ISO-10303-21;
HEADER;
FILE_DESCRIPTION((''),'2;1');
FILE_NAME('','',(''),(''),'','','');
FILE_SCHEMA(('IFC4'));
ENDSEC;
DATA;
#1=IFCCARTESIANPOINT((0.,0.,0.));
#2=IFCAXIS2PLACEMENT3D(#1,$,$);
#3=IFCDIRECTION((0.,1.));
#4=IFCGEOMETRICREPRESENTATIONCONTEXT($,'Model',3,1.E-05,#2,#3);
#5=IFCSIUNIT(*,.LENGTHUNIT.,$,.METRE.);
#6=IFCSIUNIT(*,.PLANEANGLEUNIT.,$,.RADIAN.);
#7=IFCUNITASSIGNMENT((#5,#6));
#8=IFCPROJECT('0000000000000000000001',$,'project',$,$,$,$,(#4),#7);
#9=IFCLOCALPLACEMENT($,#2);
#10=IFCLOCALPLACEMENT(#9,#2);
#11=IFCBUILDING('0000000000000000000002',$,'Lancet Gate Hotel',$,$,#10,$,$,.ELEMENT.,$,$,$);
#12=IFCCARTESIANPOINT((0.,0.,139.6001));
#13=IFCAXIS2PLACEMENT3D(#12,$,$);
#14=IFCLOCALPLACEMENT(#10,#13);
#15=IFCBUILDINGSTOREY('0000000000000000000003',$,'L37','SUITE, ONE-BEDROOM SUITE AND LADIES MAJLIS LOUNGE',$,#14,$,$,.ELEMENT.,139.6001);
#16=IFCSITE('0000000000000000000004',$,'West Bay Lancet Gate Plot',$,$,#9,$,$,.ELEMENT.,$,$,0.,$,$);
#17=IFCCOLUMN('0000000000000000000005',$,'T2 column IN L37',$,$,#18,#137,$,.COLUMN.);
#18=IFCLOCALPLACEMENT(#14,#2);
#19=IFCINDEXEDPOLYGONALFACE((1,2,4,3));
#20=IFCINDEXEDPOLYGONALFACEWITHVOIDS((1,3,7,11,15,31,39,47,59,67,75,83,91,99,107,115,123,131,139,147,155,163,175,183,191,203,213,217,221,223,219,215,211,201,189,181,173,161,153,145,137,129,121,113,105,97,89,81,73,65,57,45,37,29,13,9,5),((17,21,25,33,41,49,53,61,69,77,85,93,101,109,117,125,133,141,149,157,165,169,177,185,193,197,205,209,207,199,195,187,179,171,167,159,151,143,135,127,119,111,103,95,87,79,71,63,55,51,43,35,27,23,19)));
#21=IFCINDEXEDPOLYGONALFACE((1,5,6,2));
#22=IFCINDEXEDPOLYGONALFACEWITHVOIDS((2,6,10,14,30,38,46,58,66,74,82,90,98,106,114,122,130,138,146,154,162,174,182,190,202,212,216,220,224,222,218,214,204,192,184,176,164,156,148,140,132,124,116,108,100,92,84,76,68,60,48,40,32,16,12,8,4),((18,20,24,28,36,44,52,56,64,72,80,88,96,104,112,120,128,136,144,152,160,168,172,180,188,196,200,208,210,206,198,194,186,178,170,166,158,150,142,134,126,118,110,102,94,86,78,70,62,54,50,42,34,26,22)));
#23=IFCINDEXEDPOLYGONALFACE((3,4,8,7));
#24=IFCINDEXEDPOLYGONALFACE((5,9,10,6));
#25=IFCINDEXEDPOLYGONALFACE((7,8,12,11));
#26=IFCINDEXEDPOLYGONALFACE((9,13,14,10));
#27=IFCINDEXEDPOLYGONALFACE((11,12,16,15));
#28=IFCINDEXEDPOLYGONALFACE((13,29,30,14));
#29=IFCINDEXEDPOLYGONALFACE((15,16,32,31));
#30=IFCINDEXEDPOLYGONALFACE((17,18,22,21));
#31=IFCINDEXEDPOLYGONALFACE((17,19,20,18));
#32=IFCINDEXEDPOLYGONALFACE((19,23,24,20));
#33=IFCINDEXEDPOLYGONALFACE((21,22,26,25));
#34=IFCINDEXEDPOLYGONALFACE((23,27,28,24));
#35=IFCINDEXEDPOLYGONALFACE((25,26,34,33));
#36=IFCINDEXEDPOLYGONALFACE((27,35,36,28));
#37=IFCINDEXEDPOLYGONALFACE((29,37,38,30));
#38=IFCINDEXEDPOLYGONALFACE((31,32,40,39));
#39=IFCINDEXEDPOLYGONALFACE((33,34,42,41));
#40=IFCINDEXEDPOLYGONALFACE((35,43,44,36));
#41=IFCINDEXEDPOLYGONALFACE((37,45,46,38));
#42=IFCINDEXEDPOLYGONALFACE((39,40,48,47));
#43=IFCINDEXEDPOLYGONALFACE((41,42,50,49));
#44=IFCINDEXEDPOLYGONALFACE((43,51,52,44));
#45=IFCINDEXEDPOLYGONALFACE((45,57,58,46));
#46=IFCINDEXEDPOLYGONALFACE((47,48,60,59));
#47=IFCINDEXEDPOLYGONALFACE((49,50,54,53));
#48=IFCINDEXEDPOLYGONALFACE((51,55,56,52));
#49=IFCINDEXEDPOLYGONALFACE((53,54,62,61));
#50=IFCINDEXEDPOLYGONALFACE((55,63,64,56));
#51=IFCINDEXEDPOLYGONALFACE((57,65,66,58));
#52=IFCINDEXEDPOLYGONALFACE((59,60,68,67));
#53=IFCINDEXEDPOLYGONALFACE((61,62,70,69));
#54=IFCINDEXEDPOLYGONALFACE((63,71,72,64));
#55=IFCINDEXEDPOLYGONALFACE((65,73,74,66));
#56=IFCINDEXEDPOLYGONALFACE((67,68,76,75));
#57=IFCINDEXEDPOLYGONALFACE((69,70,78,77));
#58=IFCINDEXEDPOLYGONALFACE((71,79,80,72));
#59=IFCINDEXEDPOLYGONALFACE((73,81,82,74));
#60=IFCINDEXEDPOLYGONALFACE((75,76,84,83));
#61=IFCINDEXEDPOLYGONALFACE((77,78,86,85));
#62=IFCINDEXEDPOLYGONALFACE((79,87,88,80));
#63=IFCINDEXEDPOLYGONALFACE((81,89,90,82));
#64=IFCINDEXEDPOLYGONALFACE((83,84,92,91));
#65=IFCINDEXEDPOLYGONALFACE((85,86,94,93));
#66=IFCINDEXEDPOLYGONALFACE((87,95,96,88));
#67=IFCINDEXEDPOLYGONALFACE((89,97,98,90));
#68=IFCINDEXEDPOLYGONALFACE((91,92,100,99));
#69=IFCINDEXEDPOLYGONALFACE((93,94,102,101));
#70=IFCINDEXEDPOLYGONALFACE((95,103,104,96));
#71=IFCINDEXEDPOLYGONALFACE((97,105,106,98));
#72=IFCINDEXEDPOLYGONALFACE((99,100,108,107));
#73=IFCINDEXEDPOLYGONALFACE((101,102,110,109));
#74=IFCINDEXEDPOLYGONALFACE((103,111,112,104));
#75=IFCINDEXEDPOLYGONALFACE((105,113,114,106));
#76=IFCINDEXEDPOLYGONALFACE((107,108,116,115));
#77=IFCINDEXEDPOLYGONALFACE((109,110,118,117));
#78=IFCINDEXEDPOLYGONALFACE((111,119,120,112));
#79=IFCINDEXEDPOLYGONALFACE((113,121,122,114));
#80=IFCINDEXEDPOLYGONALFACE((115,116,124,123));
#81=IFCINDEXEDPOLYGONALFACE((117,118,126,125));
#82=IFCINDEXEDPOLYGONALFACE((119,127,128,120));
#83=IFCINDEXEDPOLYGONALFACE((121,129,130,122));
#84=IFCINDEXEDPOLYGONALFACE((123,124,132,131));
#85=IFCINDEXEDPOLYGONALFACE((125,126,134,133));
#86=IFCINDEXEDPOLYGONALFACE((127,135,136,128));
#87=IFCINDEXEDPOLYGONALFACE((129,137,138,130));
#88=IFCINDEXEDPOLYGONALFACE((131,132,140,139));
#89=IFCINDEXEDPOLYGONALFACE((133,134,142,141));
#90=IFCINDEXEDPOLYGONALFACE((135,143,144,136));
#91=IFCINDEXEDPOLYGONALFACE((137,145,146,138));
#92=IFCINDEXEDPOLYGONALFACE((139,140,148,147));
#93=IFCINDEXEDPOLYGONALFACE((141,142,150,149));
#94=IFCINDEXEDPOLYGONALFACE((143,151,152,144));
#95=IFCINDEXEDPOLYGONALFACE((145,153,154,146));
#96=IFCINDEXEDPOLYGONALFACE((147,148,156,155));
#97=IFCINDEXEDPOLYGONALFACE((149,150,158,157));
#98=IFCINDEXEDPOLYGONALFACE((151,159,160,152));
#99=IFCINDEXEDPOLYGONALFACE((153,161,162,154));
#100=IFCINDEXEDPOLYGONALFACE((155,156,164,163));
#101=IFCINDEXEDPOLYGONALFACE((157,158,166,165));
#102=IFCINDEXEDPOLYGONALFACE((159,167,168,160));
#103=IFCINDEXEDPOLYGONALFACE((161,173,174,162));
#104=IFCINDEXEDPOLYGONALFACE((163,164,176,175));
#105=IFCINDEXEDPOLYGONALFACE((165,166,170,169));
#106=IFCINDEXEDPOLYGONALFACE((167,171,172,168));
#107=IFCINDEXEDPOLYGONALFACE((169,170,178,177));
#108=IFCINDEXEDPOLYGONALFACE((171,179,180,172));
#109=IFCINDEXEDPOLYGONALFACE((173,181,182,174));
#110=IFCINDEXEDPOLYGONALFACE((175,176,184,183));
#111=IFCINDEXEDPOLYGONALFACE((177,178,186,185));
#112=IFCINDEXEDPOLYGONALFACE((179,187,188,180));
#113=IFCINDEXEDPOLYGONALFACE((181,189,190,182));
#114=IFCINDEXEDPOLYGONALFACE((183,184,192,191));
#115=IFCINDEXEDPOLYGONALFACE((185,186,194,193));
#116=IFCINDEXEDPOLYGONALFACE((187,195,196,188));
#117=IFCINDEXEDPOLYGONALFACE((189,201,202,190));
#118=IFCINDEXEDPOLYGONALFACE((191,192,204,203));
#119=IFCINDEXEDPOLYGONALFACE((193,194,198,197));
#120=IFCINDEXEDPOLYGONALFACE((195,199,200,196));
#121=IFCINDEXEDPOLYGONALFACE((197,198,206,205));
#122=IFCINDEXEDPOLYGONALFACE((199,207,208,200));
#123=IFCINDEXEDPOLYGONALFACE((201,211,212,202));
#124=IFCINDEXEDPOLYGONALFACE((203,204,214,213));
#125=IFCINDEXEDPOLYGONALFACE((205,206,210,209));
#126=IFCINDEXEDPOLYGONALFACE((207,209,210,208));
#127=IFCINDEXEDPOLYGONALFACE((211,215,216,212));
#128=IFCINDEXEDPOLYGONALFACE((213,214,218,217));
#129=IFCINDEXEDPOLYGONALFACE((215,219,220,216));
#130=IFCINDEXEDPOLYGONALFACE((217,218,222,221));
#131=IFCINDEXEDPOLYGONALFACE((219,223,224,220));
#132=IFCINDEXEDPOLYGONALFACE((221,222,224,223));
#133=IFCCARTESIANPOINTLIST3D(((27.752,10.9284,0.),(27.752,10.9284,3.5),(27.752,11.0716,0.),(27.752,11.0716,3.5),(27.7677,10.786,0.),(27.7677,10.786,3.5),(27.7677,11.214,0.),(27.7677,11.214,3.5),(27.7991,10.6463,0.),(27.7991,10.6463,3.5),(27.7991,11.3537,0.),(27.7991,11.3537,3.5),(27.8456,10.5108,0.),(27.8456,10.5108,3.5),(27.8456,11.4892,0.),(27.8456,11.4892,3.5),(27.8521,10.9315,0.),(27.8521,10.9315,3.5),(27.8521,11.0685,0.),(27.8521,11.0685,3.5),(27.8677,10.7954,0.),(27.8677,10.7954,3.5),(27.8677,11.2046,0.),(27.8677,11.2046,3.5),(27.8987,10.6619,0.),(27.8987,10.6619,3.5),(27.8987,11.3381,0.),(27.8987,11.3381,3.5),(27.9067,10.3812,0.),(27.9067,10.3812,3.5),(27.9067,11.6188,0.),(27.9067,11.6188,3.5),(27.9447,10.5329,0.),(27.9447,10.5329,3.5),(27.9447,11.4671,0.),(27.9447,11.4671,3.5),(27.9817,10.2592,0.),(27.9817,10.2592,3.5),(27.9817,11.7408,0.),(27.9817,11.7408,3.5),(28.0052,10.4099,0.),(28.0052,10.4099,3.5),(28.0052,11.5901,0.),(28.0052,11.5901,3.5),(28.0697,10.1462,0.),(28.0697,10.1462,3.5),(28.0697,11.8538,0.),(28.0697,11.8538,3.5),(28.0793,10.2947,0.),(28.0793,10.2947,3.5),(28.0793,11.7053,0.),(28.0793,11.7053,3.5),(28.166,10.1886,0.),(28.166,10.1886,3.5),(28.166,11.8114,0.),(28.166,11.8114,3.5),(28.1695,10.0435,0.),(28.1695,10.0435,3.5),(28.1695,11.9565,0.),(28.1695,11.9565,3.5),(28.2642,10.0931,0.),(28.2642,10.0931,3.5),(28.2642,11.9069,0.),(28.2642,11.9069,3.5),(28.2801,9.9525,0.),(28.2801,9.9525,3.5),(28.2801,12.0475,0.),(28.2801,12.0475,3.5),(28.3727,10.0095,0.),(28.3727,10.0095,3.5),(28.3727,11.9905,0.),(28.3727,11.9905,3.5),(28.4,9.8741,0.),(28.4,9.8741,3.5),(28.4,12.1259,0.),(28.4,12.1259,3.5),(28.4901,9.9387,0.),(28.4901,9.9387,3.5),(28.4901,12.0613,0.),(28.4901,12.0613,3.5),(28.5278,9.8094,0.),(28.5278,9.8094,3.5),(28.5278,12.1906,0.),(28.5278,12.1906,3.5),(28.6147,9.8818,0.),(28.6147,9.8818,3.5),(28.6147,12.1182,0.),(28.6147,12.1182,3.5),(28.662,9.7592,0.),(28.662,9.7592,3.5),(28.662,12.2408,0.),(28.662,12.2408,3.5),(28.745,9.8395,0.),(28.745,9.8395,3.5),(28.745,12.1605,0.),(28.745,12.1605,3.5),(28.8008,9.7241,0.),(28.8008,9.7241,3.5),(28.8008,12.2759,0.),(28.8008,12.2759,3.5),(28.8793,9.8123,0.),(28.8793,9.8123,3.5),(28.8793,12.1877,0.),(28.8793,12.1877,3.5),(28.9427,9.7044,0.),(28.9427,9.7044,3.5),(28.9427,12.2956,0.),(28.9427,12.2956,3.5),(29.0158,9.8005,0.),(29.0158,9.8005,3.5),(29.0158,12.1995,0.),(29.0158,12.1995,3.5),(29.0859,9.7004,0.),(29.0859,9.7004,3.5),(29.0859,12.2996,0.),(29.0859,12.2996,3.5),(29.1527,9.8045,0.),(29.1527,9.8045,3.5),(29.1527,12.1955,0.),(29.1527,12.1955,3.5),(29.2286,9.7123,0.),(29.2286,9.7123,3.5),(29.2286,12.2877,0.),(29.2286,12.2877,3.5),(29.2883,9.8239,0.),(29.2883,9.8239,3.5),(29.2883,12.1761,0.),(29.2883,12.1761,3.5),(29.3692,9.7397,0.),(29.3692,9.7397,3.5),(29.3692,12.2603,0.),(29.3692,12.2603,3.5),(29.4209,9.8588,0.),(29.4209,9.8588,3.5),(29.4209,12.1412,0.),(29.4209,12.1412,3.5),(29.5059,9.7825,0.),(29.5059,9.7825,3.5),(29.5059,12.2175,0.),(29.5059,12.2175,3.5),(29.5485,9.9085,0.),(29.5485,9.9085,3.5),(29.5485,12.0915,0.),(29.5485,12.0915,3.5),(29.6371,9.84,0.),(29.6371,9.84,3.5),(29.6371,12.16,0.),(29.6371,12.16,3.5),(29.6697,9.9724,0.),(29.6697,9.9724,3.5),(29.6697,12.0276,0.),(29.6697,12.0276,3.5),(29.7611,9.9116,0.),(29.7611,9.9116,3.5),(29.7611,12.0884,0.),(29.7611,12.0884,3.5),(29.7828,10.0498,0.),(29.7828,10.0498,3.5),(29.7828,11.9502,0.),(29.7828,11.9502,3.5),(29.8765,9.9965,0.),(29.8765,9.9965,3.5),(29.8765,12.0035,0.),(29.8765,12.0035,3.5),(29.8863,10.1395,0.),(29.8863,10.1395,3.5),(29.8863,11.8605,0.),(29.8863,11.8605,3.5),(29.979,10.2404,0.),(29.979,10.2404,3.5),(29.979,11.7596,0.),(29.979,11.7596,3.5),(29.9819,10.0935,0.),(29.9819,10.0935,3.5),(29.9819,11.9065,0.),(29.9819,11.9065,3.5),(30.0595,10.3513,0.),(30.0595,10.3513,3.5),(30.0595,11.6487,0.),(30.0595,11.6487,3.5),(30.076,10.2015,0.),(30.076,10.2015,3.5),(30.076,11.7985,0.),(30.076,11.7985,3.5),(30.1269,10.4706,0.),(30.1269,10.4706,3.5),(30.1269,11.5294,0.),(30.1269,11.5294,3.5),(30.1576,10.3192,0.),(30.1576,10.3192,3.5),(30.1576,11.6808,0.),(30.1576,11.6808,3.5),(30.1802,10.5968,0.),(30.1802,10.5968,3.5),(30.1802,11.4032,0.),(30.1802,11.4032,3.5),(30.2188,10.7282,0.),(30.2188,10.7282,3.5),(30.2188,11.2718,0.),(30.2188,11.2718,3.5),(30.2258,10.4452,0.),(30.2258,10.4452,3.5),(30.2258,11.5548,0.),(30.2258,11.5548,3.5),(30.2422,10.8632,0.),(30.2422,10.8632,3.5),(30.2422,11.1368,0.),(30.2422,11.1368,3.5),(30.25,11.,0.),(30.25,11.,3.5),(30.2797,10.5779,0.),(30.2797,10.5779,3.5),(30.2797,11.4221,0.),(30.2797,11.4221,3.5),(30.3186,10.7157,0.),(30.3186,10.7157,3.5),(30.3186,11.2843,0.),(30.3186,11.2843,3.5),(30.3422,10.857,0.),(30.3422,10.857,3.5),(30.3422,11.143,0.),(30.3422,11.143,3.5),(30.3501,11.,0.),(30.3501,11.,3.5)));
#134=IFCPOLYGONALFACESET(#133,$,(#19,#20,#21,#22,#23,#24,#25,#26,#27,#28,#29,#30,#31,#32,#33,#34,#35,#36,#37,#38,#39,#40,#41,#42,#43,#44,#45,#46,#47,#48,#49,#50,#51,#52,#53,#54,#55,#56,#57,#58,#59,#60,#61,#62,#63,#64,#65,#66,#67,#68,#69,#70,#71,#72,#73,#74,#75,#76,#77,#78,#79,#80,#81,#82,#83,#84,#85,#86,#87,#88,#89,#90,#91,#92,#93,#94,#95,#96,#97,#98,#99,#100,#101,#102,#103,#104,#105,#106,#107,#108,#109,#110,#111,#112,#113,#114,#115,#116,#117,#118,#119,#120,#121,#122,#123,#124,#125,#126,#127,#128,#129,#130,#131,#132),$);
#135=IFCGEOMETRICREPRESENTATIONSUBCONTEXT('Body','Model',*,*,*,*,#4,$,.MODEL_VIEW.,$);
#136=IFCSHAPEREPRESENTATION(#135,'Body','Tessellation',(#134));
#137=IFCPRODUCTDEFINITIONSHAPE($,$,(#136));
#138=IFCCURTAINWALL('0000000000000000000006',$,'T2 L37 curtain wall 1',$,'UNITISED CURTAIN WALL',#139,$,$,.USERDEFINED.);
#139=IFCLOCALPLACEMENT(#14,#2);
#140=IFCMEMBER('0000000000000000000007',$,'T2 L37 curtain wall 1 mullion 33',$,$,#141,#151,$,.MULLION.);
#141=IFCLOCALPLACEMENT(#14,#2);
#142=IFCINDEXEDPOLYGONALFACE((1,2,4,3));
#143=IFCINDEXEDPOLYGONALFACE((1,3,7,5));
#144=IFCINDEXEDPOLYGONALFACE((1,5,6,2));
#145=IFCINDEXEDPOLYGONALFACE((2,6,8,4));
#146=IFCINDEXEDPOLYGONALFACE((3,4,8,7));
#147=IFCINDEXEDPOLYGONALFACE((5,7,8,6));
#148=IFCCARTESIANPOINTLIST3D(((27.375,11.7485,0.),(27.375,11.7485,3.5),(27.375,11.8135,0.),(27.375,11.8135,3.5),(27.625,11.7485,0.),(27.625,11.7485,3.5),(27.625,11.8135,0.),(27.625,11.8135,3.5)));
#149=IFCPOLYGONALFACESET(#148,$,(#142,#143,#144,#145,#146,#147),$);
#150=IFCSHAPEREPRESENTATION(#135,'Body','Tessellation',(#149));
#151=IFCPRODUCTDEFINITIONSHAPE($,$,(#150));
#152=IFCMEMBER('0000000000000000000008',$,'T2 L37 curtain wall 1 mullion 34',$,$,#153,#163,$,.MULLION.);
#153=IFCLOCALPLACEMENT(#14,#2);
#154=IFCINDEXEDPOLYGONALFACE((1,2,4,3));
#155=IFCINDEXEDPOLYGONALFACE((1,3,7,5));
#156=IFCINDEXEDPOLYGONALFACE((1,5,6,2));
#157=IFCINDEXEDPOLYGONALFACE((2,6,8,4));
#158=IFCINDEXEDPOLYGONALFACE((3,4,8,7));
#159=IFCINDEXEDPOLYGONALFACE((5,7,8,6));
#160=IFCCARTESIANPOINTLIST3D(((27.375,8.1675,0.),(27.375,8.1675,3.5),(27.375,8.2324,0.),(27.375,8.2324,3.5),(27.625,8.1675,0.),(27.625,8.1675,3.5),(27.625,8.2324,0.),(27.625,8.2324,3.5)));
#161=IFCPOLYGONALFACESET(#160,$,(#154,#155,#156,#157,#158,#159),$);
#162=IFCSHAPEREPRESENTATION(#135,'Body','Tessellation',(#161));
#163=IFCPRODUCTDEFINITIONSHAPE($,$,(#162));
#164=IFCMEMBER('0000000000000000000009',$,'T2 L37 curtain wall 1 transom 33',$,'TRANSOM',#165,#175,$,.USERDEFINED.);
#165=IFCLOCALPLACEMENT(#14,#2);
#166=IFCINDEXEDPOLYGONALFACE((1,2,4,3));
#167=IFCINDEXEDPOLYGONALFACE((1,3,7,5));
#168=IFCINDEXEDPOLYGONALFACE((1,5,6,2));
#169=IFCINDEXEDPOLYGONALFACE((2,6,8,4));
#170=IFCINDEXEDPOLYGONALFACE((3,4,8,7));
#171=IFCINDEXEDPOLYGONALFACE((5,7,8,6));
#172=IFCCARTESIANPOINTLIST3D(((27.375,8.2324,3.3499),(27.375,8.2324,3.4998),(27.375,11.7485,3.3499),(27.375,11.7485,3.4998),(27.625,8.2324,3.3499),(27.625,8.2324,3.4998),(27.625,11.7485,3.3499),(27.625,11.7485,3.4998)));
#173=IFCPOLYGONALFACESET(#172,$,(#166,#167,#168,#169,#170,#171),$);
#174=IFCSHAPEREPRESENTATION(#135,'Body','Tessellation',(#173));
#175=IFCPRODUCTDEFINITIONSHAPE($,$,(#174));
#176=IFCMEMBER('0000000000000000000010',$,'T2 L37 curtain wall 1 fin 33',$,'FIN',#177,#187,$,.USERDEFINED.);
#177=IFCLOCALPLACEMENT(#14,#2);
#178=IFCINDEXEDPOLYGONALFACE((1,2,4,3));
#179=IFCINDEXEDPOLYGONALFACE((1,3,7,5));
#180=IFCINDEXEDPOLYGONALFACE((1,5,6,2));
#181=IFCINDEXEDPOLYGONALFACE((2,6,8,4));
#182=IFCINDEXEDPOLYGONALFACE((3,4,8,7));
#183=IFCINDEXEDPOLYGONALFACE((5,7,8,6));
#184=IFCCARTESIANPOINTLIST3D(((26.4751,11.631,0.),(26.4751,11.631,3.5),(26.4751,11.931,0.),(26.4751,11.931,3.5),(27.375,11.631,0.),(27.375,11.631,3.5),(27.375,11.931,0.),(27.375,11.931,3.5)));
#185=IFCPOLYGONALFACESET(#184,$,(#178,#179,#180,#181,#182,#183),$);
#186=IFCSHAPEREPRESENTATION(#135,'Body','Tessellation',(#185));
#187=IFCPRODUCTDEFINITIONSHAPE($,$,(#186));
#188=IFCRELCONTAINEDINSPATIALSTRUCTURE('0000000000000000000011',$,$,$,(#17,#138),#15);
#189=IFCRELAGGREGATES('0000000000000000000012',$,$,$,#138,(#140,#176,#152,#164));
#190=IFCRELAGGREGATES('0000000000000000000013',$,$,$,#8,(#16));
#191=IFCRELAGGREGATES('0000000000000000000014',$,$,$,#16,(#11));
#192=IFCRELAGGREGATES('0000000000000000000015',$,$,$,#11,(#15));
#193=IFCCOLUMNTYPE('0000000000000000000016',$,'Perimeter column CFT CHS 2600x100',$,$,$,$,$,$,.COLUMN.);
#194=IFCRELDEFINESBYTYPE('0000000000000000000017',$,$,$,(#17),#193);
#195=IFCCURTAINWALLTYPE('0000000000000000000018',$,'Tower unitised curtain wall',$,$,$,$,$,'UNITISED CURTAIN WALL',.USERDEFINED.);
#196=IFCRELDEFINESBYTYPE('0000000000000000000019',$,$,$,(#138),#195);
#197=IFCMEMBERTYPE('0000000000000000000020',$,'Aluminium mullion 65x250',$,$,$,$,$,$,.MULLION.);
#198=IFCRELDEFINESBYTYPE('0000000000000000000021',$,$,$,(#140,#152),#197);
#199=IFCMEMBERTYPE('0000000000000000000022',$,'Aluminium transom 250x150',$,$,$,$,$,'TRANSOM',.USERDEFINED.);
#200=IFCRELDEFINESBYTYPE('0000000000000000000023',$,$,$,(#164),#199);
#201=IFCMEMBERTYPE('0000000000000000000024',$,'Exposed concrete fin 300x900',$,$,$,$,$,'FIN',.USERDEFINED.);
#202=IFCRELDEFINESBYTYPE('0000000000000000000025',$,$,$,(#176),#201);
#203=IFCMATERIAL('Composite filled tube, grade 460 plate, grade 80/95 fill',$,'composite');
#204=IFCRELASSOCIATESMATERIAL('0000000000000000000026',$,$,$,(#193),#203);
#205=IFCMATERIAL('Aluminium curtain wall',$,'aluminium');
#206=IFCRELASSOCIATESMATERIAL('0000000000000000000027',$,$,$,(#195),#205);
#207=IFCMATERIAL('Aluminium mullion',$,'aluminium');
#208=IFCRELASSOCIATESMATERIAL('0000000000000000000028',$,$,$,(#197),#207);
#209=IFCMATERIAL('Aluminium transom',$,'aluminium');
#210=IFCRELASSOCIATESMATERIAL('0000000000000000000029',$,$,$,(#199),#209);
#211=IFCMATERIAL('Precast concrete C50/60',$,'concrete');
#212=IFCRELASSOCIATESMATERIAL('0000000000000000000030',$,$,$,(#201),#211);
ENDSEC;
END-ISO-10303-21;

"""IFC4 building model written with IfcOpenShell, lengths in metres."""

from ifc_helpers import new_model, si_unit, direction, frame, origin, origin_2d, place, context, subcontext, project, spatial, rectangle, hollow_circle, extrude, material, material_profile, profile_set, type_object, element, aggregate, save


model = new_model("IFC4")

# Units and contexts
model_context = context("Model", 3, precision=1e-05, world=origin(), true_north=direction((0.0, 1.0)))
body_context = subcontext(model_context, "Body", "Model", "MODEL_VIEW")
ifc_project = project(units=[si_unit("LENGTHUNIT", "METRE"), si_unit("PLANEANGLEUNIT", "RADIAN")], contexts=[model_context])

# Site, building, storey
site_placement = place(None, origin())
site = spatial("IfcSite", under=ifc_project, at=site_placement, Name="West Bay Lancet Gate Plot", CompositionType="ELEMENT", RefElevation=0.0)
building_placement = place(site_placement, origin())
building = spatial("IfcBuilding", under=site, at=building_placement, Name="Lancet Gate Hotel", CompositionType="ELEMENT")
storey_placement = place(building_placement, frame((0.0, 0.0, 139.6001)))
storey = spatial("IfcBuildingStorey", under=building, at=storey_placement, Name="L37", Description="SUITE, ONE-BEDROOM SUITE AND LADIES MAJLIS LOUNGE", CompositionType="ELEMENT", Elevation=139.6001)

# Column
ifc_material_1 = material(Name="Composite filled tube, grade 460 plate, grade 80/95 fill", Category="composite")
ifc_material_profile_1 = material_profile(ifc_material_1, hollow_circle(Radius=1.3, WallThickness=0.1001, at=origin_2d()), Name="CHS 2600x100")
ifc_profile_set_1 = profile_set([ifc_material_profile_1], Name="Composite filled tube, grade 460 plate, grade 80/95 fill")
column_type = type_object("IfcColumnType", Name="Perimeter column CFT CHS 2600x100", PredefinedType="COLUMN", material=ifc_profile_set_1)
column_placement = place(storey_placement, frame((29.05, 11.0, 0.0), z_axis=(0.0, 0.0, 1.0), x_axis=(1.0, 0.0, 0.0)))
element("IfcColumn", 1, at=column_placement, inside=storey, type_object=column_type, Name="T2 column IN L37", PredefinedType="COLUMN", context=body_context, shape_type="SweptSolid", body=[
    extrude(hollow_circle(Radius=1.3, WallThickness=0.1001, at=origin_2d()), origin(), (0.0, 0.0, 1.0), 3.5),
])

# Curtain wall, members
ifc_material_2 = material(Name="Aluminium curtain wall", Category="aluminium")
curtain_wall_type = type_object("IfcCurtainWallType", Name="Tower unitised curtain wall", ElementType="UNITISED CURTAIN WALL", PredefinedType="USERDEFINED", material=ifc_material_2)
curtain_wall_placement = place(storey_placement, origin())
curtain_wall = element("IfcCurtainWall", 2, at=curtain_wall_placement, inside=storey, type_object=curtain_wall_type, Name="T2 L37 curtain wall 1", ObjectType="UNITISED CURTAIN WALL", PredefinedType="USERDEFINED")
ifc_material_3 = material(Name="Aluminium mullion", Category="aluminium")
ifc_material_profile_2 = material_profile(ifc_material_3, rectangle(XDim=0.0649, YDim=0.25, at=origin_2d()), Name="MULLION 65x250")
ifc_profile_set_2 = profile_set([ifc_material_profile_2], Name="Aluminium mullion")
member_type_1 = type_object("IfcMemberType", Name="Aluminium mullion 65x250", PredefinedType="MULLION", material=ifc_profile_set_2)
member_1_placement = place(storey_placement, frame((27.5, 11.781, 0.0), z_axis=(0.0, 0.0, 1.0), x_axis=(0.0, -1.0, 0.0)))
member_1 = element("IfcMember", 3, at=member_1_placement, type_object=member_type_1, Name="T2 L37 curtain wall 1 mullion 33", PredefinedType="MULLION", context=body_context, shape_type="SweptSolid", body=[
    extrude(rectangle(XDim=0.0649, YDim=0.25, at=origin_2d()), origin(), (0.0, 0.0, 1.0), 3.5),
])
member_2_placement = place(storey_placement, frame((27.5, 8.2, 0.0), z_axis=(0.0, 0.0, 1.0), x_axis=(0.0, -1.0, 0.0)))
member_2 = element("IfcMember", 4, at=member_2_placement, type_object=member_type_1, Name="T2 L37 curtain wall 1 mullion 34", PredefinedType="MULLION", context=body_context, shape_type="SweptSolid", body=[
    extrude(rectangle(XDim=0.0649, YDim=0.25, at=origin_2d()), origin(), (0.0, 0.0, 1.0), 3.5),
])
ifc_material_4 = material(Name="Aluminium transom", Category="aluminium")
ifc_material_profile_3 = material_profile(ifc_material_4, rectangle(XDim=0.25, YDim=0.1499, at=origin_2d()), Name="TRANSOM 250x150")
ifc_profile_set_3 = profile_set([ifc_material_profile_3], Name="Aluminium transom")
member_type_2 = type_object("IfcMemberType", Name="Aluminium transom 250x150", ElementType="TRANSOM", PredefinedType="USERDEFINED", material=ifc_profile_set_3)
member_3_placement = place(storey_placement, frame((27.5, 11.7485, 3.4248), z_axis=(0.0, -1.0, 0.0), x_axis=(1.0, 0.0, 0.0)))
member_3 = element("IfcMember", 5, at=member_3_placement, type_object=member_type_2, Name="T2 L37 curtain wall 1 transom 33", ObjectType="TRANSOM", PredefinedType="USERDEFINED", context=body_context, shape_type="SweptSolid", body=[
    extrude(rectangle(XDim=0.25, YDim=0.1499, at=origin_2d()), origin(), (0.0, 0.0, 1.0), 3.5161),
])
ifc_material_5 = material(Name="Precast concrete C50/60", Category="concrete")
ifc_material_profile_4 = material_profile(ifc_material_5, rectangle(XDim=0.3, YDim=0.8999, at=origin_2d()), Name="FIN 300x900")
ifc_profile_set_4 = profile_set([ifc_material_profile_4], Name="Precast concrete C50/60")
member_type_3 = type_object("IfcMemberType", Name="Exposed concrete fin 300x900", ElementType="FIN", PredefinedType="USERDEFINED", material=ifc_profile_set_4)
member_4_placement = place(storey_placement, frame((26.925, 11.781, 0.0), z_axis=(0.0, 0.0, 1.0), x_axis=(0.0, -1.0, 0.0)))
member_4 = element("IfcMember", 6, at=member_4_placement, type_object=member_type_3, Name="T2 L37 curtain wall 1 fin 33", ObjectType="FIN", PredefinedType="USERDEFINED", context=body_context, shape_type="SweptSolid", body=[
    extrude(rectangle(XDim=0.3, YDim=0.8999, at=origin_2d()), origin(), (0.0, 0.0, 1.0), 3.5),
])

aggregate(curtain_wall, [member_1, member_4, member_2, member_3])

save(model, "model.ifc")
